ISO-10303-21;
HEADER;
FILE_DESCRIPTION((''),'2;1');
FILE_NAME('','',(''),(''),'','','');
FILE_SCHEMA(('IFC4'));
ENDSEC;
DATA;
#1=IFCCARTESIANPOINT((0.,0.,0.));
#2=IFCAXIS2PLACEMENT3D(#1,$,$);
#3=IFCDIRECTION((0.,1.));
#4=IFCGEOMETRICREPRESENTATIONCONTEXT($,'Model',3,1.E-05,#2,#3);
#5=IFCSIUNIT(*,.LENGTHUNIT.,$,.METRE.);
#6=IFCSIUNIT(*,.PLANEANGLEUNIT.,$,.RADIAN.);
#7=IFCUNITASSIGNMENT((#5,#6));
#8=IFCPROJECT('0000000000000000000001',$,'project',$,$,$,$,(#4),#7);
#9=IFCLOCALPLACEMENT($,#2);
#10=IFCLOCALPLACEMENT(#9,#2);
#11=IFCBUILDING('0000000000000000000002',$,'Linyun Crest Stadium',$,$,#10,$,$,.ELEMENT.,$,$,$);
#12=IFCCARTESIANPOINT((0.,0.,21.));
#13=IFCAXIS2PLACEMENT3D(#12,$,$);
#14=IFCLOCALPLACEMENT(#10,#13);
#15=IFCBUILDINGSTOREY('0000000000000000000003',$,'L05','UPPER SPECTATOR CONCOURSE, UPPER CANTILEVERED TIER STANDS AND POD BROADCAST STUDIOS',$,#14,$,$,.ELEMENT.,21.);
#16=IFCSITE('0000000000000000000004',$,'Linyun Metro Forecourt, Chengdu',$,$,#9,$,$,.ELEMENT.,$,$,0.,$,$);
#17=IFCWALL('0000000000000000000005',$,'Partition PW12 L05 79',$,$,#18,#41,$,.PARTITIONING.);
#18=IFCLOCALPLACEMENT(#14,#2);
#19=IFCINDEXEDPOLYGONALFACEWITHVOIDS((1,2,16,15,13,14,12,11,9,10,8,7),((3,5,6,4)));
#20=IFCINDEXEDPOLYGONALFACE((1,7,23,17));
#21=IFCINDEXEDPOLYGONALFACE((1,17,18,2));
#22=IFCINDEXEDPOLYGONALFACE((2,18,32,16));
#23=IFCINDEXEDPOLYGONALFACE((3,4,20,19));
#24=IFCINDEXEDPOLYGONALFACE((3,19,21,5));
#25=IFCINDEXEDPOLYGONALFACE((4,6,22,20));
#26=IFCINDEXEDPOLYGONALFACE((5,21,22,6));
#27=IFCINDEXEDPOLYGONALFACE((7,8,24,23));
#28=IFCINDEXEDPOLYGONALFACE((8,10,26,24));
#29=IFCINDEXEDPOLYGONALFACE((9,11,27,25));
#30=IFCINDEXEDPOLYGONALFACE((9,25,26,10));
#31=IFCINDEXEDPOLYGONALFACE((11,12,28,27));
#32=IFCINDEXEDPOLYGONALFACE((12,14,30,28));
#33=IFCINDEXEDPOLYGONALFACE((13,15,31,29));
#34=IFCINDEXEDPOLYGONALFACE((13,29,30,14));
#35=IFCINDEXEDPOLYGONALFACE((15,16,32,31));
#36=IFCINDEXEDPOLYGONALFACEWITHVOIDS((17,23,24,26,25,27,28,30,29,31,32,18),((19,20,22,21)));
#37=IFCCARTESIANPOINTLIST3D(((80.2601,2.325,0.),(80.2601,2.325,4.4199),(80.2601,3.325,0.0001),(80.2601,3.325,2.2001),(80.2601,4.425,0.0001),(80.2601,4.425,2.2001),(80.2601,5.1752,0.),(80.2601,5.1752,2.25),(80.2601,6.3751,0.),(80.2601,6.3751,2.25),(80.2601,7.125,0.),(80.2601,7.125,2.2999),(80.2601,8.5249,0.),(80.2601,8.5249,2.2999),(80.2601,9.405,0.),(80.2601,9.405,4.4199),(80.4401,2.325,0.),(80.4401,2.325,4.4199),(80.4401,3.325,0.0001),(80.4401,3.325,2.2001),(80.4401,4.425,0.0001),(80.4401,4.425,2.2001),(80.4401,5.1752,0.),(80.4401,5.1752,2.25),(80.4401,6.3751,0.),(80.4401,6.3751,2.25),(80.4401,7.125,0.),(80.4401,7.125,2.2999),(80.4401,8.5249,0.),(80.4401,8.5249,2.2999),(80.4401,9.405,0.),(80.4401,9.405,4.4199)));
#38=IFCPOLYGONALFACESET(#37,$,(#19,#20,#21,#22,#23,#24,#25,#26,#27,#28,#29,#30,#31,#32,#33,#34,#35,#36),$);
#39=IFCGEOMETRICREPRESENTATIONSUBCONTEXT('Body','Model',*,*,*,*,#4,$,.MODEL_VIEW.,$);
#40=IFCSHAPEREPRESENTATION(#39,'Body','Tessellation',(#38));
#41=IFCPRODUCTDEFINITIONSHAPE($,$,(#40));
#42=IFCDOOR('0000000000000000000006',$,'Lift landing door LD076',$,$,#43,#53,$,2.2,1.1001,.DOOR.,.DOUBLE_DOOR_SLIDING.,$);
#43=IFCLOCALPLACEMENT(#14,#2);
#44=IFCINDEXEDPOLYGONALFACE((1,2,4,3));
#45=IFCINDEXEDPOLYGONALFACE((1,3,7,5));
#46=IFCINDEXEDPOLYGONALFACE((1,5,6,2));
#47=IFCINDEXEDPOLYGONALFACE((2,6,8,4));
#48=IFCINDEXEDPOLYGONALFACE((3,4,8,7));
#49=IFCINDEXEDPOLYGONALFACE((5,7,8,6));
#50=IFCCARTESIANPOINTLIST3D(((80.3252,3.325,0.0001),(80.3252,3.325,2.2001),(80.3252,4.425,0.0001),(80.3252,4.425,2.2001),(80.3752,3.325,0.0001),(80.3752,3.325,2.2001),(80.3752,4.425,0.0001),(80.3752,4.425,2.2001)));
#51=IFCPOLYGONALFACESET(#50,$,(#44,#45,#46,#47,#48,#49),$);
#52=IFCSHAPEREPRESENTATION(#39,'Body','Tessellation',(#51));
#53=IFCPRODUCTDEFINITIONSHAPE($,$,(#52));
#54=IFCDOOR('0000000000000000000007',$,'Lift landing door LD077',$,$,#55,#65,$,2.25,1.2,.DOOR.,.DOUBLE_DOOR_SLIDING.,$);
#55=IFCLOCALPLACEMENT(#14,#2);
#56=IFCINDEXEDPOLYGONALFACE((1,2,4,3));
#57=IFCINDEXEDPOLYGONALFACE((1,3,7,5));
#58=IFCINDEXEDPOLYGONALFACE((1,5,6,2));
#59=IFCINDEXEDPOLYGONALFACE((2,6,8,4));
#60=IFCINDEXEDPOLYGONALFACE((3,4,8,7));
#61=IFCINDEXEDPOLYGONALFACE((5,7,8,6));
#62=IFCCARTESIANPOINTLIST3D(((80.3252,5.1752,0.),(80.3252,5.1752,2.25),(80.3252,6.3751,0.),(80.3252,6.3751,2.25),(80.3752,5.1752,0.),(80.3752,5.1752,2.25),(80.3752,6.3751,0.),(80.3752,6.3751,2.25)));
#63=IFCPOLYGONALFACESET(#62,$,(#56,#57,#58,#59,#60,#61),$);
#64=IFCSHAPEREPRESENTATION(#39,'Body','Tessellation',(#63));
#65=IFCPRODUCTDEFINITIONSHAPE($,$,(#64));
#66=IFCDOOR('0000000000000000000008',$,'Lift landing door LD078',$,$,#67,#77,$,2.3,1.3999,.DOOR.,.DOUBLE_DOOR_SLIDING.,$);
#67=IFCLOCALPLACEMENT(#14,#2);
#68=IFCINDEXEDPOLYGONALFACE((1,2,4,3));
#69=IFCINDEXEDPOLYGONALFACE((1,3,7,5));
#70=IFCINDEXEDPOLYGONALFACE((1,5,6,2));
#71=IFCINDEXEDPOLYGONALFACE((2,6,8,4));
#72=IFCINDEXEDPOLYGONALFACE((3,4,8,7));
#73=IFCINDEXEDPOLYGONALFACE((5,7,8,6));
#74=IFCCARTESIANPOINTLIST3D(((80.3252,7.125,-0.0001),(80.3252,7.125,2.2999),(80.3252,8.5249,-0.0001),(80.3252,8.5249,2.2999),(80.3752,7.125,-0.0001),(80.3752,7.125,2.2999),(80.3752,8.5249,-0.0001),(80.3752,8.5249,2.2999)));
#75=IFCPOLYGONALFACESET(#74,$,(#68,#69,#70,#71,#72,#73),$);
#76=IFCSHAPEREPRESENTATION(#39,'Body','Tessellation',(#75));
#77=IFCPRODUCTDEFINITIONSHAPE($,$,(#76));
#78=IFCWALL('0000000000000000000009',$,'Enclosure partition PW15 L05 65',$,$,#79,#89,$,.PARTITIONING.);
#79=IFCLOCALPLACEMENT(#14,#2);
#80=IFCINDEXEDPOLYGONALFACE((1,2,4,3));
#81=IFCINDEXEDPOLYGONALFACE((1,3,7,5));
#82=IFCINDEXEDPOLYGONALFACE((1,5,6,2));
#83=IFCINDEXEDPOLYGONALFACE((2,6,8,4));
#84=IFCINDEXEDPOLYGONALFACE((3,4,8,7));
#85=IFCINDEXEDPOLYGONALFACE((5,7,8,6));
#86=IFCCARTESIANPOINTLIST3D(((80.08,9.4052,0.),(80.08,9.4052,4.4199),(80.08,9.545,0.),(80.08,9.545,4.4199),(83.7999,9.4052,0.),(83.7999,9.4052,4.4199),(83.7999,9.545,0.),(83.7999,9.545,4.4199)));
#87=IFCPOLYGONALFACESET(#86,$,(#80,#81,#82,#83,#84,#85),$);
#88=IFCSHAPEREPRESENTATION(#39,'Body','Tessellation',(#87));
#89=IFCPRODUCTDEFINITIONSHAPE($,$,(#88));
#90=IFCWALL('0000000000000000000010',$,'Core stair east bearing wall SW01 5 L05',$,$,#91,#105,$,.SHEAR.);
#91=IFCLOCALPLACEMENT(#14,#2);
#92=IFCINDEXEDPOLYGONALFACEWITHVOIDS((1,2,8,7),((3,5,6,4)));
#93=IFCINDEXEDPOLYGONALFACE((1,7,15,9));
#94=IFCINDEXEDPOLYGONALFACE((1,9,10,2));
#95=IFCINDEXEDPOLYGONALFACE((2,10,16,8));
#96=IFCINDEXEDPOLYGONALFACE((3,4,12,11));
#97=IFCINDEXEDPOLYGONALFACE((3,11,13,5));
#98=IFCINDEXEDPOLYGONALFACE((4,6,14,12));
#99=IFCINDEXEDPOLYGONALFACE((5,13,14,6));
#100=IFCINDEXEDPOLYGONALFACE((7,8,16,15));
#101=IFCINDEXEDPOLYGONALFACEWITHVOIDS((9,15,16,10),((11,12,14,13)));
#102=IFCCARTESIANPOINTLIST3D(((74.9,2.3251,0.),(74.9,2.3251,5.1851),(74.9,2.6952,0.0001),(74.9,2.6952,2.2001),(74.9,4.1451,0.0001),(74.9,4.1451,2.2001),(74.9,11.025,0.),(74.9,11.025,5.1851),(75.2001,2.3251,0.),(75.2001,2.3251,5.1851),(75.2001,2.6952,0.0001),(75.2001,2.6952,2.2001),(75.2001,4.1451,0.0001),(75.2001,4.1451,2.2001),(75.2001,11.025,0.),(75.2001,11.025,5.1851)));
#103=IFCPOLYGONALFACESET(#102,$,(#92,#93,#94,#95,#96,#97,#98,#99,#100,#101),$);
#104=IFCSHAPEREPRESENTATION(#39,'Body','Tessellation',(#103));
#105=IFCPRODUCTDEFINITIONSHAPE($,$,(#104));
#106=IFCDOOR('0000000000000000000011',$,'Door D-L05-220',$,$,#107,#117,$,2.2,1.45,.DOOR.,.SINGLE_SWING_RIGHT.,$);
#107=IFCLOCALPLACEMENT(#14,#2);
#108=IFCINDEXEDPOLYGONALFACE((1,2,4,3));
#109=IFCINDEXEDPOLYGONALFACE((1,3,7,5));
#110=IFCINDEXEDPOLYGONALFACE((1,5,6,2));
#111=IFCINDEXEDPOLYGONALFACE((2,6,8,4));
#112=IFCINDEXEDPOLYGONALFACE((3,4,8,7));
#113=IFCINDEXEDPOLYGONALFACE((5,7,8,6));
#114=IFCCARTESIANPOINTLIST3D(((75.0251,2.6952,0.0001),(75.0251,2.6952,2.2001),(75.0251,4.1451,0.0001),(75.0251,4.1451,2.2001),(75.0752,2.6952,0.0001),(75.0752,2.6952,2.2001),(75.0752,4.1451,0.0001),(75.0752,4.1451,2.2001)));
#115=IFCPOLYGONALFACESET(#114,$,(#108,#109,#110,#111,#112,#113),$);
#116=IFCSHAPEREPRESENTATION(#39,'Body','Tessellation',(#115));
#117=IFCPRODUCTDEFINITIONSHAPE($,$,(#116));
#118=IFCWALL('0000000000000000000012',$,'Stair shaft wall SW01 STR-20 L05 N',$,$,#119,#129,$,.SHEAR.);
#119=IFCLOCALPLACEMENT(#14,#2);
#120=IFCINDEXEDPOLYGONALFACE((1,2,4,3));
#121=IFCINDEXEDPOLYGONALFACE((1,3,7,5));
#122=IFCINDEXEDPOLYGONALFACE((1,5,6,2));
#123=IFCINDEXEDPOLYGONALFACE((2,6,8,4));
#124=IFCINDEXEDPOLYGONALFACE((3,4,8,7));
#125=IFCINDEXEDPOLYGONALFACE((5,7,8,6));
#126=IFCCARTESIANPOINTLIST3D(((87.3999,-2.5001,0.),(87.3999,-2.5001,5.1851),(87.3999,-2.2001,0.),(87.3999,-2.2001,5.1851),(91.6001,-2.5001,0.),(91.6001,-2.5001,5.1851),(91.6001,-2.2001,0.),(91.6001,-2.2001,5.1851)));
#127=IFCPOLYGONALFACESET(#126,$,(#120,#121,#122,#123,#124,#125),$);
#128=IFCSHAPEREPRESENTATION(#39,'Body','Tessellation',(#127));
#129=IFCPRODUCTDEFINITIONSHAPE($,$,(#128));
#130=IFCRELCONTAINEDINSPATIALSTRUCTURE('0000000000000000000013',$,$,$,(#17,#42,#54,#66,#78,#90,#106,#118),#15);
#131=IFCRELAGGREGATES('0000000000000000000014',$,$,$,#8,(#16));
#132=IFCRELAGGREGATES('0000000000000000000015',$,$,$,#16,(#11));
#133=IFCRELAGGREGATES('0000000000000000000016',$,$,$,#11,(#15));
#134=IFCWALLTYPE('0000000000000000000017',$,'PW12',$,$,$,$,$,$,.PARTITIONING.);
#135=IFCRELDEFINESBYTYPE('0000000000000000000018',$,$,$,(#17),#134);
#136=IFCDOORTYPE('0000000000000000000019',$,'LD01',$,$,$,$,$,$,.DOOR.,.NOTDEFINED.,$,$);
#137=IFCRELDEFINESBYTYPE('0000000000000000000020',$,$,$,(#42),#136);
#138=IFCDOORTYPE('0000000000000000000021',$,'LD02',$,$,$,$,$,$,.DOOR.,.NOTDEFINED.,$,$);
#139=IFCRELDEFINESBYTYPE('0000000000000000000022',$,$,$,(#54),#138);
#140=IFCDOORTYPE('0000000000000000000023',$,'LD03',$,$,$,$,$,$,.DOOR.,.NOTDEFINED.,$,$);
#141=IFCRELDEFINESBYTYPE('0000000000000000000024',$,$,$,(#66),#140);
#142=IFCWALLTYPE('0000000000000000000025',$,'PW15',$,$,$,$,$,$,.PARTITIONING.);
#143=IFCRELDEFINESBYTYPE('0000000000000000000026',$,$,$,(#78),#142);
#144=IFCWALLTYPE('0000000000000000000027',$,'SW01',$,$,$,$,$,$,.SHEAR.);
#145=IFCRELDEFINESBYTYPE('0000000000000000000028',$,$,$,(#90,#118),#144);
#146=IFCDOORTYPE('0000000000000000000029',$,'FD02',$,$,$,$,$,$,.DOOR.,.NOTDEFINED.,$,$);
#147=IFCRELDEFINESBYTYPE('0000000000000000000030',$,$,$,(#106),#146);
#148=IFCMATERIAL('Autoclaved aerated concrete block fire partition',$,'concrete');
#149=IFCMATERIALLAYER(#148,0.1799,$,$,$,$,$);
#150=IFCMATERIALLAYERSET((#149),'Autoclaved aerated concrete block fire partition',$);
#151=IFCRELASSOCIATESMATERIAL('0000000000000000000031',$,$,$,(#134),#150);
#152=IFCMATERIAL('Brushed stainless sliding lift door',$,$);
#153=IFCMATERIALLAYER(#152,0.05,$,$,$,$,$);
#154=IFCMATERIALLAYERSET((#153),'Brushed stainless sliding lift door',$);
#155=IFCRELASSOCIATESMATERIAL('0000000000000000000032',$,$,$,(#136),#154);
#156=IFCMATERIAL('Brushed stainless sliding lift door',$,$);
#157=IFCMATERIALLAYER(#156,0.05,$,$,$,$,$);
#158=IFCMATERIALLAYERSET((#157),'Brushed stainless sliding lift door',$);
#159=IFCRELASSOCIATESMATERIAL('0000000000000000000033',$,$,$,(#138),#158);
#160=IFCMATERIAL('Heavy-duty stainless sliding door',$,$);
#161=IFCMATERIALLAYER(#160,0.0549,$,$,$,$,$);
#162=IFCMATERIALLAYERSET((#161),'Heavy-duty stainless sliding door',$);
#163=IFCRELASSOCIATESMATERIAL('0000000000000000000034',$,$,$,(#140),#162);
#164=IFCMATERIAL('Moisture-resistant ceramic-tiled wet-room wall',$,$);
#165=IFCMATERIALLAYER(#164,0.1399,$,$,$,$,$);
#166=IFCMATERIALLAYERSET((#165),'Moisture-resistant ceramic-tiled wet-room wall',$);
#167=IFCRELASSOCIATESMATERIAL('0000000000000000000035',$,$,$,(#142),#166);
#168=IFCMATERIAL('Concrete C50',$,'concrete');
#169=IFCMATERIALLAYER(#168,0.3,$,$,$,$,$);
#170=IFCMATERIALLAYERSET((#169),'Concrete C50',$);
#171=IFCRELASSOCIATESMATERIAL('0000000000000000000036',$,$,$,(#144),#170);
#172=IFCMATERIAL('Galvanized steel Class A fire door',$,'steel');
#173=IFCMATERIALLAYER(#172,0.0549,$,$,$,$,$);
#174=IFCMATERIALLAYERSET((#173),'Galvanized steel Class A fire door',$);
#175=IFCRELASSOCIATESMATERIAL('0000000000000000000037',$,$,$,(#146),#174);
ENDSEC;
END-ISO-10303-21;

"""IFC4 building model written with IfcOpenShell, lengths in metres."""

from ifc_helpers import new_model, si_unit, direction, frame, frame_2d, origin, place, context, subcontext, project, spatial, rectangle, extrude, material, layer, layer_set, type_object, element, fill, save


model = new_model("IFC4")

# Units and contexts
model_context = context("Model", 3, precision=1e-05, world=origin(), true_north=direction((0.0, 1.0)))
body_context = subcontext(model_context, "Body", "Model", "MODEL_VIEW")
ifc_project = project(units=[si_unit("LENGTHUNIT", "METRE"), si_unit("PLANEANGLEUNIT", "RADIAN")], contexts=[model_context])

# Site, building, storey
site_placement = place(None, origin())
site = spatial("IfcSite", under=ifc_project, at=site_placement, Name="Linyun Metro Forecourt, Chengdu", CompositionType="ELEMENT", RefElevation=0.0)
building_placement = place(site_placement, origin())
building = spatial("IfcBuilding", under=site, at=building_placement, Name="Linyun Crest Stadium", CompositionType="ELEMENT")
storey_placement = place(building_placement, frame((0.0, 0.0, 21.0)))
storey = spatial("IfcBuildingStorey", under=building, at=storey_placement, Name="L05", Description="UPPER SPECTATOR CONCOURSE, UPPER CANTILEVERED TIER STANDS AND POD BROADCAST STUDIOS", CompositionType="ELEMENT", Elevation=21.0)

# Wall, openings, doors
ifc_material_1 = material(Name="Autoclaved aerated concrete block fire partition", Category="concrete")
ifc_layer_1 = layer(ifc_material_1, 0.1799)
ifc_layer_set_1 = layer_set([ifc_layer_1], Name="Autoclaved aerated concrete block fire partition")
wall_type_1 = type_object("IfcWallType", Name="PW12", PredefinedType="PARTITIONING", material=ifc_layer_set_1)
wall_1_placement = place(storey_placement, frame((80.3501, 2.325, 0.0), z_axis=(0.0, 0.0, 1.0), x_axis=(0.0, 1.0, 0.0)))
wall_1 = element("IfcWall", 1, at=wall_1_placement, inside=storey, type_object=wall_type_1, Name="Partition PW12 L05 79", PredefinedType="PARTITIONING", context=body_context, shape_type="SweptSolid", body=[
    extrude(rectangle(XDim=7.0801, YDim=0.1799, at=frame_2d((3.54, 0.0))), origin(), (0.0, 0.0, 1.0), 4.4199),
])
opening_1_placement = place(wall_1_placement, frame((1.0, 0.0, 0.0)))
opening_1 = element("IfcOpeningElement", 2, at=opening_1_placement, cuts=wall_1, PredefinedType="OPENING", context=body_context, shape_type="SweptSolid", body=[
    extrude(rectangle(XDim=1.1001, YDim=2.2, at=frame_2d((0.55, 1.1001))), frame((0.0, 0.0999, 0.0), z_axis=(0.0, -1.0, 0.0), x_axis=(1.0, 0.0, 0.0)), (0.0, 0.0, 1.0), 0.2),
])
opening_2_placement = place(wall_1_placement, frame((2.8501, 0.0, 0.0)))
opening_2 = element("IfcOpeningElement", 3, at=opening_2_placement, cuts=wall_1, PredefinedType="OPENING", context=body_context, shape_type="SweptSolid", body=[
    extrude(rectangle(XDim=1.2, YDim=2.25, at=frame_2d((0.6001, 1.125))), frame((0.0, 0.0999, 0.0), z_axis=(0.0, -1.0, 0.0), x_axis=(1.0, 0.0, 0.0)), (0.0, 0.0, 1.0), 0.2),
])
opening_3_placement = place(wall_1_placement, frame((4.8, 0.0, 0.0)))
opening_3 = element("IfcOpeningElement", 4, at=opening_3_placement, cuts=wall_1, PredefinedType="OPENING", context=body_context, shape_type="SweptSolid", body=[
    extrude(rectangle(XDim=1.3999, YDim=2.3, at=frame_2d((0.7, 1.1499))), frame((0.0, 0.0999, 0.0), z_axis=(0.0, -1.0, 0.0), x_axis=(1.0, 0.0, 0.0)), (0.0, 0.0, 1.0), 0.2),
])
ifc_material_2 = material(Name="Brushed stainless sliding lift door")
ifc_layer_2 = layer(ifc_material_2, 0.05)
ifc_layer_set_2 = layer_set([ifc_layer_2], Name="Brushed stainless sliding lift door")
door_type_1 = type_object("IfcDoorType", Name="LD01", OperationType="NOTDEFINED", PredefinedType="DOOR", material=ifc_layer_set_2)
door_1_placement = place(opening_1_placement, origin())
door_1 = element("IfcDoor", 5, at=door_1_placement, inside=storey, type_object=door_type_1, Name="Lift landing door LD076", OperationType="DOUBLE_DOOR_SLIDING", OverallHeight=2.2, OverallWidth=1.1001, PredefinedType="DOOR", context=body_context, shape_type="SweptSolid", body=[
    extrude(rectangle(XDim=1.1001, YDim=2.2, at=frame_2d((0.55, 1.1001))), frame((0.0, 0.0249, 0.0), z_axis=(0.0, -1.0, 0.0), x_axis=(1.0, 0.0, 0.0)), (0.0, 0.0, 1.0), 0.05),
])
fill(opening_1, door_1)
ifc_material_3 = material(Name="Brushed stainless sliding lift door")
ifc_layer_3 = layer(ifc_material_3, 0.05)
ifc_layer_set_3 = layer_set([ifc_layer_3], Name="Brushed stainless sliding lift door")
door_type_2 = type_object("IfcDoorType", Name="LD02", OperationType="NOTDEFINED", PredefinedType="DOOR", material=ifc_layer_set_3)
door_2_placement = place(opening_2_placement, origin())
door_2 = element("IfcDoor", 6, at=door_2_placement, inside=storey, type_object=door_type_2, Name="Lift landing door LD077", OperationType="DOUBLE_DOOR_SLIDING", OverallHeight=2.25, OverallWidth=1.2, PredefinedType="DOOR", context=body_context, shape_type="SweptSolid", body=[
    extrude(rectangle(XDim=1.2, YDim=2.25, at=frame_2d((0.6001, 1.125))), frame((0.0, 0.0249, 0.0), z_axis=(0.0, -1.0, 0.0), x_axis=(1.0, 0.0, 0.0)), (0.0, 0.0, 1.0), 0.05),
])
fill(opening_2, door_2)
ifc_material_4 = material(Name="Heavy-duty stainless sliding door")
ifc_layer_4 = layer(ifc_material_4, 0.0549)
ifc_layer_set_4 = layer_set([ifc_layer_4], Name="Heavy-duty stainless sliding door")
door_type_3 = type_object("IfcDoorType", Name="LD03", OperationType="NOTDEFINED", PredefinedType="DOOR", material=ifc_layer_set_4)
door_3_placement = place(opening_3_placement, origin())
door_3 = element("IfcDoor", 7, at=door_3_placement, inside=storey, type_object=door_type_3, Name="Lift landing door LD078", OperationType="DOUBLE_DOOR_SLIDING", OverallHeight=2.3, OverallWidth=1.3999, PredefinedType="DOOR", context=body_context, shape_type="SweptSolid", body=[
    extrude(rectangle(XDim=1.3999, YDim=2.3, at=frame_2d((0.7, 1.1499))), frame((0.0, 0.0249, 0.0), z_axis=(0.0, -1.0, 0.0), x_axis=(1.0, 0.0, 0.0)), (0.0, 0.0, 1.0), 0.05),
])
fill(opening_3, door_3)

# Wall
ifc_material_5 = material(Name="Moisture-resistant ceramic-tiled wet-room wall")
ifc_layer_5 = layer(ifc_material_5, 0.1399)
ifc_layer_set_5 = layer_set([ifc_layer_5], Name="Moisture-resistant ceramic-tiled wet-room wall")
wall_type_2 = type_object("IfcWallType", Name="PW15", PredefinedType="PARTITIONING", material=ifc_layer_set_5)
wall_2_placement = place(storey_placement, frame((80.0801, 9.4751, 0.0), z_axis=(0.0, 0.0, 1.0), x_axis=(1.0, 0.0, 0.0)))
element("IfcWall", 8, at=wall_2_placement, inside=storey, type_object=wall_type_2, Name="Enclosure partition PW15 L05 65", PredefinedType="PARTITIONING", context=body_context, shape_type="SweptSolid", body=[
    extrude(rectangle(XDim=3.72, YDim=0.1399, at=frame_2d((1.8599, 0.0))), origin(), (0.0, 0.0, 1.0), 4.4199),
])

# Wall, opening, door
ifc_material_6 = material(Name="Concrete C50", Category="concrete")
ifc_layer_6 = layer(ifc_material_6, 0.3)
ifc_layer_set_6 = layer_set([ifc_layer_6], Name="Concrete C50")
wall_type_3 = type_object("IfcWallType", Name="SW01", PredefinedType="SHEAR", material=ifc_layer_set_6)
wall_3_placement = place(storey_placement, frame((75.05, 2.325, 0.0), z_axis=(0.0, 0.0, 1.0), x_axis=(0.0, 1.0, 0.0)))
wall_3 = element("IfcWall", 9, at=wall_3_placement, inside=storey, type_object=wall_type_3, Name="Core stair east bearing wall SW01 5 L05", PredefinedType="SHEAR", context=body_context, shape_type="SweptSolid", body=[
    extrude(rectangle(XDim=8.7, YDim=0.3, at=frame_2d((4.3501, 0.0))), origin(), (0.0, 0.0, 1.0), 5.1851),
])
opening_4_placement = place(wall_3_placement, frame((0.3701, 0.0, 0.0)))
opening_4 = element("IfcOpeningElement", 10, at=opening_4_placement, cuts=wall_3, PredefinedType="OPENING", context=body_context, shape_type="SweptSolid", body=[
    extrude(rectangle(XDim=1.45, YDim=2.2, at=frame_2d((0.7251, 1.1001))), frame((0.0, 0.1599, 0.0), z_axis=(0.0, -1.0, 0.0), x_axis=(1.0, 0.0, 0.0)), (0.0, 0.0, 1.0), 0.3201),
])
ifc_material_7 = material(Name="Galvanized steel Class A fire door", Category="steel")
ifc_layer_7 = layer(ifc_material_7, 0.0549)
ifc_layer_set_7 = layer_set([ifc_layer_7], Name="Galvanized steel Class A fire door")
door_type_4 = type_object("IfcDoorType", Name="FD02", OperationType="NOTDEFINED", PredefinedType="DOOR", material=ifc_layer_set_7)
door_4_placement = place(opening_4_placement, origin())
door_4 = element("IfcDoor", 11, at=door_4_placement, inside=storey, type_object=door_type_4, Name="Door D-L05-220", OperationType="SINGLE_SWING_RIGHT", OverallHeight=2.2, OverallWidth=1.45, PredefinedType="DOOR", context=body_context, shape_type="SweptSolid", body=[
    extrude(rectangle(XDim=1.45, YDim=2.2, at=frame_2d((0.7251, 1.1001))), frame((0.0, 0.0249, 0.0), z_axis=(0.0, -1.0, 0.0), x_axis=(1.0, 0.0, 0.0)), (0.0, 0.0, 1.0), 0.05),
])
fill(opening_4, door_4)

# Wall
wall_4_placement = place(storey_placement, frame((87.3999, -2.3501, 0.0), z_axis=(0.0, 0.0, 1.0), x_axis=(1.0, 0.0, 0.0)))
element("IfcWall", 12, at=wall_4_placement, inside=storey, type_object=wall_type_3, Name="Stair shaft wall SW01 STR-20 L05 N", PredefinedType="SHEAR", context=body_context, shape_type="SweptSolid", body=[
    extrude(rectangle(XDim=4.2002, YDim=0.3, at=frame_2d((2.1001, 0.0))), origin(), (0.0, 0.0, 1.0), 5.1851),
])

save(model, "model.ifc")
